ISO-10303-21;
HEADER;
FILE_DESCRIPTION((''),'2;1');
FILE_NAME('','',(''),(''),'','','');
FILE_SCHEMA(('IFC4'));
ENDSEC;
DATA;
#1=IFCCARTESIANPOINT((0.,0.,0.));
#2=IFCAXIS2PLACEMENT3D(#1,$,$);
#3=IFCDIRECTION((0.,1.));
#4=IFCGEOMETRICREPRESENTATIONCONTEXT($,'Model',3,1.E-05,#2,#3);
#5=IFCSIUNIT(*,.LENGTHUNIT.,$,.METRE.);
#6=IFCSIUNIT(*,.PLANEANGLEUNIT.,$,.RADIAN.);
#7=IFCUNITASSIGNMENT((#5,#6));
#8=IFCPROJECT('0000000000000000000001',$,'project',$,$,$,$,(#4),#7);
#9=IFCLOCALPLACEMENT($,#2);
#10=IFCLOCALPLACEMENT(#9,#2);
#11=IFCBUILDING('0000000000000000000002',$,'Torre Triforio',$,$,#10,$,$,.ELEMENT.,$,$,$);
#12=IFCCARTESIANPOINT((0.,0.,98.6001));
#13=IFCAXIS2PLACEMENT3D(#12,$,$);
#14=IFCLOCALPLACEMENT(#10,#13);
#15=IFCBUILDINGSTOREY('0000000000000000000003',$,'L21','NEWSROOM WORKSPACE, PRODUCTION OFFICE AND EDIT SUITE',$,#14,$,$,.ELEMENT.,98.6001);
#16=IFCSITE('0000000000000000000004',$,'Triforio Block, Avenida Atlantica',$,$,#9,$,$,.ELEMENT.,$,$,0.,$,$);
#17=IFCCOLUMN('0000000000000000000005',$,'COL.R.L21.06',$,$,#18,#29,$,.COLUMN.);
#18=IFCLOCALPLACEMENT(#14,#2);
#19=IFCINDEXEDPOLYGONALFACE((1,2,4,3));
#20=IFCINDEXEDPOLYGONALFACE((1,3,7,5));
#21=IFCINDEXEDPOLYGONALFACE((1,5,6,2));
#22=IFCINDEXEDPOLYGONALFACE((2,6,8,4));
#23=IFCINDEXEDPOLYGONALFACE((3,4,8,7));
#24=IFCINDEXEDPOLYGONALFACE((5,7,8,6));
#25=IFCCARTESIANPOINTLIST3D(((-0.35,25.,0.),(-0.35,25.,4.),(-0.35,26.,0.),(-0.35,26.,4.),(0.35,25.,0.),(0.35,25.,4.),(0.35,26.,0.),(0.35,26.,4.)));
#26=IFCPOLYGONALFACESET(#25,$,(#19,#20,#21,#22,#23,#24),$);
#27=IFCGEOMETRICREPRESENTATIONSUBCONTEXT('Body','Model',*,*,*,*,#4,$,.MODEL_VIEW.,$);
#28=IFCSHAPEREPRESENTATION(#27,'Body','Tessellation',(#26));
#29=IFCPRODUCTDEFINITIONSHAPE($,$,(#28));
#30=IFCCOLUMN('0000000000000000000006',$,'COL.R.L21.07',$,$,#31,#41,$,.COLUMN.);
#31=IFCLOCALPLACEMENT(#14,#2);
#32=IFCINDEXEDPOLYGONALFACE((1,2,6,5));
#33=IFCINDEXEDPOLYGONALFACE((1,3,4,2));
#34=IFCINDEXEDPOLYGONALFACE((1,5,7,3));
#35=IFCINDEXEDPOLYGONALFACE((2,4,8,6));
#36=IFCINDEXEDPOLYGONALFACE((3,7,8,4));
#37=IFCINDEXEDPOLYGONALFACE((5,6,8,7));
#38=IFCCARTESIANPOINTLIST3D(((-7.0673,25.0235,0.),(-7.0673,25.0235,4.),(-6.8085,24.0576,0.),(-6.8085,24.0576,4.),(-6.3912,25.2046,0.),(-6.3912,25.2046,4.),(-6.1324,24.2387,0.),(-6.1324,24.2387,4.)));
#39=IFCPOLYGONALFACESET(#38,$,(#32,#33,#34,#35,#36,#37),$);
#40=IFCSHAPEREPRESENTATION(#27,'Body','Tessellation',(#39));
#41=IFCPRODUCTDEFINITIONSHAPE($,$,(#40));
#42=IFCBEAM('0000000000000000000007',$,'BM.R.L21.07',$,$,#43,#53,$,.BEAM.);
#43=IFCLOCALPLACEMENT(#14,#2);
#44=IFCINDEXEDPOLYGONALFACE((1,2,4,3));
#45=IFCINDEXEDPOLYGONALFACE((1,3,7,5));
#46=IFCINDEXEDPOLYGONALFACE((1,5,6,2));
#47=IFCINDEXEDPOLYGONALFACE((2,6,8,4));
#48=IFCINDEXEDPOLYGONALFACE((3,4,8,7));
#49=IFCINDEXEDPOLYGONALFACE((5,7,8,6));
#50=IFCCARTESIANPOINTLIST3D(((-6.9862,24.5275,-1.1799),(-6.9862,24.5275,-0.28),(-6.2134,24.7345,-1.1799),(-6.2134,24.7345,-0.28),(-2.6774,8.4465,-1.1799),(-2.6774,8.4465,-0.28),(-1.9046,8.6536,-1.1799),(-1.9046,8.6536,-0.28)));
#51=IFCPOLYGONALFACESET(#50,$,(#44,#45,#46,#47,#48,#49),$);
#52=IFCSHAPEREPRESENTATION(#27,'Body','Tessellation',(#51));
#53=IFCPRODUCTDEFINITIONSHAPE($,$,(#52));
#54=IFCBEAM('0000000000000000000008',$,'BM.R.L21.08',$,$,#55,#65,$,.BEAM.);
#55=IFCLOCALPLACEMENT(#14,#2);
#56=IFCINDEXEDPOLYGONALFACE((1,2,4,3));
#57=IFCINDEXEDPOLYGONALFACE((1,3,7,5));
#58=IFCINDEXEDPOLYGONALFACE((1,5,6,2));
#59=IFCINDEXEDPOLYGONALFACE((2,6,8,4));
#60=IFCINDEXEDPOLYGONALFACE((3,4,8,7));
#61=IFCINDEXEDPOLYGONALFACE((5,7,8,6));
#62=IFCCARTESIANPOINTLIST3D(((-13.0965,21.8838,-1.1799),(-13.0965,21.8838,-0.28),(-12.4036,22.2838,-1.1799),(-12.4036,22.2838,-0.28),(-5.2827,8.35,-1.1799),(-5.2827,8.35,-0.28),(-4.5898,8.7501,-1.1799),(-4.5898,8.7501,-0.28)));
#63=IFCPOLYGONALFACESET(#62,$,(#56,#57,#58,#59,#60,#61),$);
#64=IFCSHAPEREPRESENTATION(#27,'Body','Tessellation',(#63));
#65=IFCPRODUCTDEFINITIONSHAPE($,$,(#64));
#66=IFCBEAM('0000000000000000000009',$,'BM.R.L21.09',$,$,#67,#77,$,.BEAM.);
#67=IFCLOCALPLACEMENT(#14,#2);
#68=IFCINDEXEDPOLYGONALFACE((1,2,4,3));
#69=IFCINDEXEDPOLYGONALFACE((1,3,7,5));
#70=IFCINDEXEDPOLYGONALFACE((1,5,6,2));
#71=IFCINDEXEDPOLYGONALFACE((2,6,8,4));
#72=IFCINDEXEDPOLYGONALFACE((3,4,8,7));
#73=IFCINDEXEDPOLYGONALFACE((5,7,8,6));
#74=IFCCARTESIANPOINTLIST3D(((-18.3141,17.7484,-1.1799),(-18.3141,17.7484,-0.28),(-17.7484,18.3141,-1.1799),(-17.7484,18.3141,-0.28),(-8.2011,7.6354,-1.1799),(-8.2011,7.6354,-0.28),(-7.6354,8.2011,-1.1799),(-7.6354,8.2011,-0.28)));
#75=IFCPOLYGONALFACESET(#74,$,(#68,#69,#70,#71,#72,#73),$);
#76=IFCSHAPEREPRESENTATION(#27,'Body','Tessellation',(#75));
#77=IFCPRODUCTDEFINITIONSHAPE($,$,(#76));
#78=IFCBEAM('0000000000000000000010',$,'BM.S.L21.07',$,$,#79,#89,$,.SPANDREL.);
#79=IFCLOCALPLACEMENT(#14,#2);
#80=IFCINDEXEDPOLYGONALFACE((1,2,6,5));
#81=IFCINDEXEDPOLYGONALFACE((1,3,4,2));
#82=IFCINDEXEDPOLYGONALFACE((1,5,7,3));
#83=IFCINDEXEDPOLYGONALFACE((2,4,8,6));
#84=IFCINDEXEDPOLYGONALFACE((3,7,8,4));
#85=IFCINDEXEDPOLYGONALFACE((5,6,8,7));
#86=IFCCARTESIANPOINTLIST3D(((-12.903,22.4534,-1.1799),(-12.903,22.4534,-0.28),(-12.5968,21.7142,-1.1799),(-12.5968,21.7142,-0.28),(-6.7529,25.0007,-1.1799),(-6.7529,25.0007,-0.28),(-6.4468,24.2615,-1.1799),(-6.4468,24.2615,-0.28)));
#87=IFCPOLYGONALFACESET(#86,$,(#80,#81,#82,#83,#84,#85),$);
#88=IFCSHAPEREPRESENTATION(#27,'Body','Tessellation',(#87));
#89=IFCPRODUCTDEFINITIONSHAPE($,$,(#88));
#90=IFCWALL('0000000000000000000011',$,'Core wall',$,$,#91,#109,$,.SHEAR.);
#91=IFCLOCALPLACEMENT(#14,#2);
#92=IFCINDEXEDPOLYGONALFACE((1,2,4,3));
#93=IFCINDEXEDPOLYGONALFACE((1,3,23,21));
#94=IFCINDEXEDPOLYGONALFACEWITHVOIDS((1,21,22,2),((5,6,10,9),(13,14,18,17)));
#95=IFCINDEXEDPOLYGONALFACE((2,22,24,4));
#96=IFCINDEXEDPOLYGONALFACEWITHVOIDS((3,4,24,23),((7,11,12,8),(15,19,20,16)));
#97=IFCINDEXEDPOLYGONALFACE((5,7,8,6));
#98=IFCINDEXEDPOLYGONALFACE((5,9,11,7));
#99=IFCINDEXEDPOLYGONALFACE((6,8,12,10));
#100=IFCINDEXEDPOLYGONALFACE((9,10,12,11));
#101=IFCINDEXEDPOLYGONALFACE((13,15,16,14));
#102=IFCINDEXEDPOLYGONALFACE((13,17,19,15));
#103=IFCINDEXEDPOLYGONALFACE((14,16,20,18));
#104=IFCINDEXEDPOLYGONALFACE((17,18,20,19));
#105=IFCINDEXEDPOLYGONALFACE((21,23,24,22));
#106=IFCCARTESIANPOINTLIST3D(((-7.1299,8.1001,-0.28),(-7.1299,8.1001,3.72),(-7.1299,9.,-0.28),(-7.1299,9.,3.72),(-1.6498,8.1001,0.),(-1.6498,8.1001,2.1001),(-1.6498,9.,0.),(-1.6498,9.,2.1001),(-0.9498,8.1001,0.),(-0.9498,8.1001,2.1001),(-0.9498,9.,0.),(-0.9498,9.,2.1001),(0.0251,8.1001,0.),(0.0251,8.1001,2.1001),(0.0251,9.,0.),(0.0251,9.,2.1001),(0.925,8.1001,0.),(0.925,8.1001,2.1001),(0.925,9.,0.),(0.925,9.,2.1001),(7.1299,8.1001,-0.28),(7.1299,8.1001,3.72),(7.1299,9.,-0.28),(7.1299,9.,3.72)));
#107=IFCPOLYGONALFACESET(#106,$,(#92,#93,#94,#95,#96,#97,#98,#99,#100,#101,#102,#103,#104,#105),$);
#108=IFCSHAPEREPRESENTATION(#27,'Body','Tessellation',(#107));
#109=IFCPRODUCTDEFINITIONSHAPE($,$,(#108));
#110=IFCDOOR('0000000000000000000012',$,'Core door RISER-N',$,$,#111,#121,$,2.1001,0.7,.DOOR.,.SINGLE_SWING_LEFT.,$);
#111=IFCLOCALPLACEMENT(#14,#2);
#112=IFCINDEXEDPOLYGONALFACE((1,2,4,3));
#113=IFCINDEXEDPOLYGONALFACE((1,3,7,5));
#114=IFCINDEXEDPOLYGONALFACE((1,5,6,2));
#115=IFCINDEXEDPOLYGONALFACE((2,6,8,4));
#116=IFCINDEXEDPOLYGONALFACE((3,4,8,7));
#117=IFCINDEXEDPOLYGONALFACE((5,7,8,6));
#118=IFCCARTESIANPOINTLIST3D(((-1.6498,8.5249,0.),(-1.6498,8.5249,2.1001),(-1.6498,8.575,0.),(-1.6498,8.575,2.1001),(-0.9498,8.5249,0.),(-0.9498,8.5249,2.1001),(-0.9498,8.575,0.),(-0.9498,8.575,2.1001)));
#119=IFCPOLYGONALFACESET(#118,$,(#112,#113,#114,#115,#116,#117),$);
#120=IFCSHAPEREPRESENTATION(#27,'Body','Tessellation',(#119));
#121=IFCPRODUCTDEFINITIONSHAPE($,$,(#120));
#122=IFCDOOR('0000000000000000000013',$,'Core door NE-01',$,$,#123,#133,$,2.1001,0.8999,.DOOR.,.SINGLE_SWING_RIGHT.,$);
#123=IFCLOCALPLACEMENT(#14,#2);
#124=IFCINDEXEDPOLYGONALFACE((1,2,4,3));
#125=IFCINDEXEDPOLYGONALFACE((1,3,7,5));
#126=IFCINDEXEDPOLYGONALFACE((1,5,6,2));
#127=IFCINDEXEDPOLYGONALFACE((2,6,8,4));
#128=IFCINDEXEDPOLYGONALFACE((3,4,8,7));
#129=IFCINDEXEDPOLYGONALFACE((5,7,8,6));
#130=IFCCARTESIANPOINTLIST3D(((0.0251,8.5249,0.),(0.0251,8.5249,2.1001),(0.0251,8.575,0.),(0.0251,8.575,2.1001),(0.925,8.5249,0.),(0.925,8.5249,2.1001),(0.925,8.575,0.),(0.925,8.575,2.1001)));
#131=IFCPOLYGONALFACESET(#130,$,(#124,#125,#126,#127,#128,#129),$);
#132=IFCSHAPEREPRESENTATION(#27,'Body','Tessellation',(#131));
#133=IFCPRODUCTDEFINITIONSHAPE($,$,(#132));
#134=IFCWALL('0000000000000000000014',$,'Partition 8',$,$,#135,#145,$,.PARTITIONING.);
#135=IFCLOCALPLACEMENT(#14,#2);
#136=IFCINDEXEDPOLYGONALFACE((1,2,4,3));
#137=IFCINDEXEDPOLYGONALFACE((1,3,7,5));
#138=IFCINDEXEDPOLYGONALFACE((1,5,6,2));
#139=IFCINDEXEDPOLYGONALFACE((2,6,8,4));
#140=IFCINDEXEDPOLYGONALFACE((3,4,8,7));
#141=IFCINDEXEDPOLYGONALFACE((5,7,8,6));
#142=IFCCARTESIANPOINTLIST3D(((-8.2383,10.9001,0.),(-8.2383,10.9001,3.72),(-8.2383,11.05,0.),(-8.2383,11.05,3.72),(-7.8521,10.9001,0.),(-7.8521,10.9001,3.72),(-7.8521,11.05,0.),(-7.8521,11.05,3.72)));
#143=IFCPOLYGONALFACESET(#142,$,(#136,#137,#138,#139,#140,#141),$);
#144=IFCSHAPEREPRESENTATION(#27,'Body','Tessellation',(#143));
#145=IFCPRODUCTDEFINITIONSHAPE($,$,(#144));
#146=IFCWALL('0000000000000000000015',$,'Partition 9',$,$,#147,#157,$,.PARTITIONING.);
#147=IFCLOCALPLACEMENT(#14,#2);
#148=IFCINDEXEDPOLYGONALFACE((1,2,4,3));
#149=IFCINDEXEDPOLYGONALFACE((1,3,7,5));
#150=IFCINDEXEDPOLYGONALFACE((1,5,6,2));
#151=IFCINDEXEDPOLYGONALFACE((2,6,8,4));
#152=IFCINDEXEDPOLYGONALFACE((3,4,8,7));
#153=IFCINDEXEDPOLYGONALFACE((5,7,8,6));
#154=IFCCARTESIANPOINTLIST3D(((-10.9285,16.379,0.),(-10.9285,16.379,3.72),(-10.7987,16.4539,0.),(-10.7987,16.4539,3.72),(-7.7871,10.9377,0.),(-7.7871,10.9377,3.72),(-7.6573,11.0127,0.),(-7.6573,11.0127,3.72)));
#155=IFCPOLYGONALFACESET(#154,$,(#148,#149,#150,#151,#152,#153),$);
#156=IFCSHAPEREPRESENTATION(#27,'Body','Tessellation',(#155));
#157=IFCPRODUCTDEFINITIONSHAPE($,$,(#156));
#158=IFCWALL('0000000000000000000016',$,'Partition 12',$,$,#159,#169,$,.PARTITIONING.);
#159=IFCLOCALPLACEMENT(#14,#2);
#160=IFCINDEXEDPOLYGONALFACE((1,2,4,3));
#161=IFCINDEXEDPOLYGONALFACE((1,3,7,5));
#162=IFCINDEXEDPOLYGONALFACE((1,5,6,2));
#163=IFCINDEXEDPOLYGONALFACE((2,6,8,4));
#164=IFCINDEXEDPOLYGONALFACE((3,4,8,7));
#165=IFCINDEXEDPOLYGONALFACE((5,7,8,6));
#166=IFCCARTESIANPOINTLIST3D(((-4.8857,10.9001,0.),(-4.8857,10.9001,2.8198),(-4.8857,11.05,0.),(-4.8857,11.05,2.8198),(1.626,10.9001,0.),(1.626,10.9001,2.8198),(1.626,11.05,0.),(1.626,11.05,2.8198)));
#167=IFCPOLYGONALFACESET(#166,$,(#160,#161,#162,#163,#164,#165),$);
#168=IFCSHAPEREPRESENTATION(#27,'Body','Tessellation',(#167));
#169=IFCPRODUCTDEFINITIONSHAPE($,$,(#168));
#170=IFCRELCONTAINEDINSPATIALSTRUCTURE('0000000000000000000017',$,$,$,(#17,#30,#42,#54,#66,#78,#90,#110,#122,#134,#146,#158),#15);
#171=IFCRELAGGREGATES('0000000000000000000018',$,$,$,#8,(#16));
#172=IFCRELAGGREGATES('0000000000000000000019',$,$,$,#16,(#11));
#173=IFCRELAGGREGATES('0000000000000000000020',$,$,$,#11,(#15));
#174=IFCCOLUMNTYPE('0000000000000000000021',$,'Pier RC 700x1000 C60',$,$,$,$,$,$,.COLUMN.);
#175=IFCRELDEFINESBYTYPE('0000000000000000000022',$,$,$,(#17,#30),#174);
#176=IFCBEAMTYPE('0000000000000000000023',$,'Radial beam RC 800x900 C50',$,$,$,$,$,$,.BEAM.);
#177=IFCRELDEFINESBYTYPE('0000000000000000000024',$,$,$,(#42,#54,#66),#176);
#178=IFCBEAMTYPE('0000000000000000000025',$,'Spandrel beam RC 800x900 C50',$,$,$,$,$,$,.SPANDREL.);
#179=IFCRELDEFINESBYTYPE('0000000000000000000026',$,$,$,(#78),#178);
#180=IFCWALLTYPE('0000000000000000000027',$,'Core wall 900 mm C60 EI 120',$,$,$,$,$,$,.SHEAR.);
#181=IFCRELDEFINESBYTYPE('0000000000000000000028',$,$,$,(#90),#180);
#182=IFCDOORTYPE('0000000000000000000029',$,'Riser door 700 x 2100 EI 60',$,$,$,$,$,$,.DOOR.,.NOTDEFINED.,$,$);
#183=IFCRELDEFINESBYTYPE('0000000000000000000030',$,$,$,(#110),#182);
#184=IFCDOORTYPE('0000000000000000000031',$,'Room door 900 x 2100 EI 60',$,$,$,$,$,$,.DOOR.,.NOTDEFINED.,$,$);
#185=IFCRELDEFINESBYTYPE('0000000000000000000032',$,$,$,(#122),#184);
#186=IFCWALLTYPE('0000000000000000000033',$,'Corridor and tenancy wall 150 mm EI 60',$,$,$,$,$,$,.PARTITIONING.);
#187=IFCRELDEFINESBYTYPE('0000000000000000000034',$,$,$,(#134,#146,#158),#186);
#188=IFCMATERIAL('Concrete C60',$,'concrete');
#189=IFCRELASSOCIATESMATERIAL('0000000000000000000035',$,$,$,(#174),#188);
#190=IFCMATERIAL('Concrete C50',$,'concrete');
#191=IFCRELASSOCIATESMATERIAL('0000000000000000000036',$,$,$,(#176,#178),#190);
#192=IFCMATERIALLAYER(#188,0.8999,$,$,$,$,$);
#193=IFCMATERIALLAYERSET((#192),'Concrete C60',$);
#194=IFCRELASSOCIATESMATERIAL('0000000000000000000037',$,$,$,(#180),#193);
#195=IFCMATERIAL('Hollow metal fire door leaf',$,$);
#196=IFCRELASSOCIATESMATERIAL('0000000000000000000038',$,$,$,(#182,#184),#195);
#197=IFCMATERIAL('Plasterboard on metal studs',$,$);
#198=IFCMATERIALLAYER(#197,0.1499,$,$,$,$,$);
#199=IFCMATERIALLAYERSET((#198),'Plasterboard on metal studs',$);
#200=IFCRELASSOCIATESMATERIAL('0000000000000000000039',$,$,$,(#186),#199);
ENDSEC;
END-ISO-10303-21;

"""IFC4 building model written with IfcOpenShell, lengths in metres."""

from ifc_helpers import new_model, si_unit, direction, frame, frame_2d, origin, origin_2d, place, context, subcontext, project, spatial, rectangle, extrude, material, layer, layer_set, material_profile, profile_set, type_object, element, fill, save


model = new_model("IFC4")

# Units and contexts
model_context = context("Model", 3, precision=1e-05, world=origin(), true_north=direction((0.0, 1.0)))
body_context = subcontext(model_context, "Body", "Model", "MODEL_VIEW")
ifc_project = project(units=[si_unit("LENGTHUNIT", "METRE"), si_unit("PLANEANGLEUNIT", "RADIAN")], contexts=[model_context])

# Site, building, storey
site_placement = place(None, origin())
site = spatial("IfcSite", under=ifc_project, at=site_placement, Name="Triforio Block, Avenida Atlantica", CompositionType="ELEMENT", RefElevation=0.0)
building_placement = place(site_placement, origin())
building = spatial("IfcBuilding", under=site, at=building_placement, Name="Torre Triforio", CompositionType="ELEMENT")
storey_placement = place(building_placement, frame((0.0, 0.0, 98.6001)))
storey = spatial("IfcBuildingStorey", under=building, at=storey_placement, Name="L21", Description="NEWSROOM WORKSPACE, PRODUCTION OFFICE AND EDIT SUITE", CompositionType="ELEMENT", Elevation=98.6001)

# Columns
ifc_material_1 = material(Name="Concrete C60", Category="concrete")
ifc_material_profile_1 = material_profile(ifc_material_1, rectangle(XDim=0.7, YDim=1.0, at=origin_2d()), Name="RC 700x1000")
ifc_profile_set_1 = profile_set([ifc_material_profile_1], Name="Concrete C60")
column_type = type_object("IfcColumnType", Name="Pier RC 700x1000 C60", PredefinedType="COLUMN", material=ifc_profile_set_1)
for number, where, z_axis, x_axis, name in (
    (1, (0.0, 25.5, 0.0), (0.0, 0.0, 1.0), (-1.0, 0.0, 0.0), "COL.R.L21.06"),
    (2, (-6.5999, 24.6311, 0.0), (0.0, 0.0, 1.0), (-0.965926, -0.258819, 0.0), "COL.R.L21.07"),
):
    element("IfcColumn", number, at=place(storey_placement, frame(where, z_axis=z_axis, x_axis=x_axis)), inside=storey, type_object=column_type, Name=name, PredefinedType="COLUMN", context=body_context, shape_type="SweptSolid", body=[
        extrude(rectangle(XDim=0.7, YDim=1.0, at=origin_2d()), origin(), (0.0, 0.0, 1.0), 4.0),
    ])

# Beams
ifc_material_2 = material(Name="Concrete C50", Category="concrete")
ifc_material_profile_2 = material_profile(ifc_material_2, rectangle(XDim=0.8, YDim=0.8999, at=origin_2d()), Name="RC 800x900")
ifc_profile_set_2 = profile_set([ifc_material_profile_2], Name="Concrete C50")
beam_type_1 = type_object("IfcBeamType", Name="Radial beam RC 800x900 C50", PredefinedType="BEAM", material=ifc_profile_set_2)
beam_1_placement = place(storey_placement, frame((-2.291, 8.55, -0.73), z_axis=(-0.258815, 0.965927, 0.0), x_axis=(-0.965927, -0.258815, 0.0)))
element("IfcBeam", 3, at=beam_1_placement, inside=storey, type_object=beam_type_1, Name="BM.R.L21.07", PredefinedType="BEAM", context=body_context, shape_type="SweptSolid", body=[
    extrude(rectangle(XDim=0.8, YDim=0.8999, at=origin_2d()), origin(), (0.0, 0.0, 1.0), 16.6482),
])
beam_2_placement = place(storey_placement, frame((-4.9363, 8.55, -0.73), z_axis=(-0.500002, 0.866024, 0.0), x_axis=(-0.866024, -0.500002, 0.0)))
element("IfcBeam", 4, at=beam_2_placement, inside=storey, type_object=beam_type_1, Name="BM.R.L21.08", PredefinedType="BEAM", context=body_context, shape_type="SweptSolid", body=[
    extrude(rectangle(XDim=0.8, YDim=0.8999, at=origin_2d()), origin(), (0.0, 0.0, 1.0), 15.6274),
])
beam_3_placement = place(storey_placement, frame((-7.9182, 7.9182, -0.73), z_axis=(-0.707107, 0.707107, 0.0), x_axis=(-0.707107, -0.707107, 0.0)))
element("IfcBeam", 5, at=beam_3_placement, inside=storey, type_object=beam_type_1, Name="BM.R.L21.09", PredefinedType="BEAM", context=body_context, shape_type="SweptSolid", body=[
    extrude(rectangle(XDim=0.8, YDim=0.8999, at=origin_2d()), origin(), (0.0, 0.0, 1.0), 14.302),
])
ifc_material_profile_3 = material_profile(ifc_material_2, rectangle(XDim=0.8, YDim=0.8999, at=origin_2d()), Name="RC 800x900")
ifc_profile_set_3 = profile_set([ifc_material_profile_3], Name="Concrete C50")
beam_type_2 = type_object("IfcBeamType", Name="Spandrel beam RC 800x900 C50", PredefinedType="SPANDREL", material=ifc_profile_set_3)
beam_4_placement = place(storey_placement, frame((-6.5999, 24.6311, -0.73), z_axis=(-0.923885, -0.382669, 0.0), x_axis=(0.382669, -0.923885, 0.0)))
element("IfcBeam", 6, at=beam_4_placement, inside=storey, type_object=beam_type_2, Name="BM.S.L21.07", PredefinedType="SPANDREL", context=body_context, shape_type="SweptSolid", body=[
    extrude(rectangle(XDim=0.8, YDim=0.8999, at=origin_2d()), origin(), (0.0, 0.0, 1.0), 6.6567),
])

# Wall, openings, doors
ifc_layer_1 = layer(ifc_material_1, 0.8999)
ifc_layer_set_1 = layer_set([ifc_layer_1], Name="Concrete C60")
wall_type_1 = type_object("IfcWallType", Name="Core wall 900 mm C60 EI 120", PredefinedType="SHEAR", material=ifc_layer_set_1)
wall_1_placement = place(storey_placement, frame((-7.1299, 8.55, -0.28), z_axis=(0.0, 0.0, 1.0), x_axis=(1.0, 0.0, 0.0)))
wall_1 = element("IfcWall", 7, at=wall_1_placement, inside=storey, type_object=wall_type_1, Name="Core wall", PredefinedType="SHEAR", context=body_context, shape_type="SweptSolid", body=[
    extrude(rectangle(XDim=14.2598, YDim=0.8999, at=frame_2d((7.1299, 0.0))), origin(), (0.0, 0.0, 1.0), 4.0),
])
opening_1_placement = place(wall_1_placement, frame((5.48, 0.0, 0.28)))
opening_1 = element("IfcOpeningElement", 8, at=opening_1_placement, cuts=wall_1, PredefinedType="OPENING", context=body_context, shape_type="SweptSolid", body=[
    extrude(rectangle(XDim=0.7, YDim=2.1001, at=frame_2d((0.3501, 1.05))), frame((0.0, 0.46, 0.0), z_axis=(0.0, -1.0, 0.0), x_axis=(1.0, 0.0, 0.0)), (0.0, 0.0, 1.0), 0.9199),
])
opening_2_placement = place(wall_1_placement, frame((7.155, 0.0, 0.28)))
opening_2 = element("IfcOpeningElement", 9, at=opening_2_placement, cuts=wall_1, PredefinedType="OPENING", context=body_context, shape_type="SweptSolid", body=[
    extrude(rectangle(XDim=0.8999, YDim=2.1001, at=frame_2d((0.45, 1.05))), frame((0.0, 0.46, 0.0), z_axis=(0.0, -1.0, 0.0), x_axis=(1.0, 0.0, 0.0)), (0.0, 0.0, 1.0), 0.9199),
])
ifc_material_3 = material(Name="Hollow metal fire door leaf")
door_type_1 = type_object("IfcDoorType", Name="Riser door 700 x 2100 EI 60", OperationType="NOTDEFINED", PredefinedType="DOOR", material=ifc_material_3)
door_1_placement = place(opening_1_placement, origin())
door_1 = element("IfcDoor", 10, at=door_1_placement, inside=storey, type_object=door_type_1, Name="Core door RISER-N", OperationType="SINGLE_SWING_LEFT", OverallHeight=2.1001, OverallWidth=0.7, PredefinedType="DOOR", context=body_context, shape_type="SweptSolid", body=[
    extrude(rectangle(XDim=0.7, YDim=2.1001, at=frame_2d((0.3501, 1.05))), frame((0.0, 0.0249, 0.0), z_axis=(0.0, -1.0, 0.0), x_axis=(1.0, 0.0, 0.0)), (0.0, 0.0, 1.0), 0.05),
])
fill(opening_1, door_1)
door_type_2 = type_object("IfcDoorType", Name="Room door 900 x 2100 EI 60", OperationType="NOTDEFINED", PredefinedType="DOOR", material=ifc_material_3)
door_2_placement = place(opening_2_placement, origin())
door_2 = element("IfcDoor", 11, at=door_2_placement, inside=storey, type_object=door_type_2, Name="Core door NE-01", OperationType="SINGLE_SWING_RIGHT", OverallHeight=2.1001, OverallWidth=0.8999, PredefinedType="DOOR", context=body_context, shape_type="SweptSolid", body=[
    extrude(rectangle(XDim=0.8999, YDim=2.1001, at=frame_2d((0.45, 1.05))), frame((0.0, 0.0249, 0.0), z_axis=(0.0, -1.0, 0.0), x_axis=(1.0, 0.0, 0.0)), (0.0, 0.0, 1.0), 0.05),
])
fill(opening_2, door_2)

# Walls
ifc_material_4 = material(Name="Plasterboard on metal studs")
ifc_layer_2 = layer(ifc_material_4, 0.1499)
ifc_layer_set_2 = layer_set([ifc_layer_2], Name="Plasterboard on metal studs")
wall_type_2 = type_object("IfcWallType", Name="Corridor and tenancy wall 150 mm EI 60", PredefinedType="PARTITIONING", material=ifc_layer_set_2)
wall_2_placement = place(storey_placement, frame((-8.2383, 10.9751, 0.0), z_axis=(0.0, 0.0, 1.0), x_axis=(1.0, 0.0, 0.0)))
element("IfcWall", 12, at=wall_2_placement, inside=storey, type_object=wall_type_2, Name="Partition 8", PredefinedType="PARTITIONING", context=body_context, shape_type="SweptSolid", body=[
    extrude(rectangle(XDim=0.3862, YDim=0.1499, at=frame_2d((0.1931, 0.0))), origin(), (0.0, 0.0, 1.0), 3.72),
])
wall_3_placement = place(storey_placement, frame((-7.7222, 10.9751, 0.0), z_axis=(0.0, 0.0, 1.0), x_axis=(-0.499988, 0.866032, 0.0)))
element("IfcWall", 13, at=wall_3_placement, inside=storey, type_object=wall_type_2, Name="Partition 9", PredefinedType="PARTITIONING", context=body_context, shape_type="SweptSolid", body=[
    extrude(rectangle(XDim=6.283, YDim=0.1499, at=frame_2d((3.1416, 0.0))), origin(), (0.0, 0.0, 1.0), 3.72),
])
wall_4_placement = place(storey_placement, frame((-4.8857, 10.9751, 0.0), z_axis=(0.0, 0.0, 1.0), x_axis=(1.0, 0.0, 0.0)))
element("IfcWall", 14, at=wall_4_placement, inside=storey, type_object=wall_type_2, Name="Partition 12", PredefinedType="PARTITIONING", context=body_context, shape_type="SweptSolid", body=[
    extrude(rectangle(XDim=6.5117, YDim=0.1499, at=frame_2d((3.2559, 0.0))), origin(), (0.0, 0.0, 1.0), 2.8198),
])

save(model, "model.ifc")
